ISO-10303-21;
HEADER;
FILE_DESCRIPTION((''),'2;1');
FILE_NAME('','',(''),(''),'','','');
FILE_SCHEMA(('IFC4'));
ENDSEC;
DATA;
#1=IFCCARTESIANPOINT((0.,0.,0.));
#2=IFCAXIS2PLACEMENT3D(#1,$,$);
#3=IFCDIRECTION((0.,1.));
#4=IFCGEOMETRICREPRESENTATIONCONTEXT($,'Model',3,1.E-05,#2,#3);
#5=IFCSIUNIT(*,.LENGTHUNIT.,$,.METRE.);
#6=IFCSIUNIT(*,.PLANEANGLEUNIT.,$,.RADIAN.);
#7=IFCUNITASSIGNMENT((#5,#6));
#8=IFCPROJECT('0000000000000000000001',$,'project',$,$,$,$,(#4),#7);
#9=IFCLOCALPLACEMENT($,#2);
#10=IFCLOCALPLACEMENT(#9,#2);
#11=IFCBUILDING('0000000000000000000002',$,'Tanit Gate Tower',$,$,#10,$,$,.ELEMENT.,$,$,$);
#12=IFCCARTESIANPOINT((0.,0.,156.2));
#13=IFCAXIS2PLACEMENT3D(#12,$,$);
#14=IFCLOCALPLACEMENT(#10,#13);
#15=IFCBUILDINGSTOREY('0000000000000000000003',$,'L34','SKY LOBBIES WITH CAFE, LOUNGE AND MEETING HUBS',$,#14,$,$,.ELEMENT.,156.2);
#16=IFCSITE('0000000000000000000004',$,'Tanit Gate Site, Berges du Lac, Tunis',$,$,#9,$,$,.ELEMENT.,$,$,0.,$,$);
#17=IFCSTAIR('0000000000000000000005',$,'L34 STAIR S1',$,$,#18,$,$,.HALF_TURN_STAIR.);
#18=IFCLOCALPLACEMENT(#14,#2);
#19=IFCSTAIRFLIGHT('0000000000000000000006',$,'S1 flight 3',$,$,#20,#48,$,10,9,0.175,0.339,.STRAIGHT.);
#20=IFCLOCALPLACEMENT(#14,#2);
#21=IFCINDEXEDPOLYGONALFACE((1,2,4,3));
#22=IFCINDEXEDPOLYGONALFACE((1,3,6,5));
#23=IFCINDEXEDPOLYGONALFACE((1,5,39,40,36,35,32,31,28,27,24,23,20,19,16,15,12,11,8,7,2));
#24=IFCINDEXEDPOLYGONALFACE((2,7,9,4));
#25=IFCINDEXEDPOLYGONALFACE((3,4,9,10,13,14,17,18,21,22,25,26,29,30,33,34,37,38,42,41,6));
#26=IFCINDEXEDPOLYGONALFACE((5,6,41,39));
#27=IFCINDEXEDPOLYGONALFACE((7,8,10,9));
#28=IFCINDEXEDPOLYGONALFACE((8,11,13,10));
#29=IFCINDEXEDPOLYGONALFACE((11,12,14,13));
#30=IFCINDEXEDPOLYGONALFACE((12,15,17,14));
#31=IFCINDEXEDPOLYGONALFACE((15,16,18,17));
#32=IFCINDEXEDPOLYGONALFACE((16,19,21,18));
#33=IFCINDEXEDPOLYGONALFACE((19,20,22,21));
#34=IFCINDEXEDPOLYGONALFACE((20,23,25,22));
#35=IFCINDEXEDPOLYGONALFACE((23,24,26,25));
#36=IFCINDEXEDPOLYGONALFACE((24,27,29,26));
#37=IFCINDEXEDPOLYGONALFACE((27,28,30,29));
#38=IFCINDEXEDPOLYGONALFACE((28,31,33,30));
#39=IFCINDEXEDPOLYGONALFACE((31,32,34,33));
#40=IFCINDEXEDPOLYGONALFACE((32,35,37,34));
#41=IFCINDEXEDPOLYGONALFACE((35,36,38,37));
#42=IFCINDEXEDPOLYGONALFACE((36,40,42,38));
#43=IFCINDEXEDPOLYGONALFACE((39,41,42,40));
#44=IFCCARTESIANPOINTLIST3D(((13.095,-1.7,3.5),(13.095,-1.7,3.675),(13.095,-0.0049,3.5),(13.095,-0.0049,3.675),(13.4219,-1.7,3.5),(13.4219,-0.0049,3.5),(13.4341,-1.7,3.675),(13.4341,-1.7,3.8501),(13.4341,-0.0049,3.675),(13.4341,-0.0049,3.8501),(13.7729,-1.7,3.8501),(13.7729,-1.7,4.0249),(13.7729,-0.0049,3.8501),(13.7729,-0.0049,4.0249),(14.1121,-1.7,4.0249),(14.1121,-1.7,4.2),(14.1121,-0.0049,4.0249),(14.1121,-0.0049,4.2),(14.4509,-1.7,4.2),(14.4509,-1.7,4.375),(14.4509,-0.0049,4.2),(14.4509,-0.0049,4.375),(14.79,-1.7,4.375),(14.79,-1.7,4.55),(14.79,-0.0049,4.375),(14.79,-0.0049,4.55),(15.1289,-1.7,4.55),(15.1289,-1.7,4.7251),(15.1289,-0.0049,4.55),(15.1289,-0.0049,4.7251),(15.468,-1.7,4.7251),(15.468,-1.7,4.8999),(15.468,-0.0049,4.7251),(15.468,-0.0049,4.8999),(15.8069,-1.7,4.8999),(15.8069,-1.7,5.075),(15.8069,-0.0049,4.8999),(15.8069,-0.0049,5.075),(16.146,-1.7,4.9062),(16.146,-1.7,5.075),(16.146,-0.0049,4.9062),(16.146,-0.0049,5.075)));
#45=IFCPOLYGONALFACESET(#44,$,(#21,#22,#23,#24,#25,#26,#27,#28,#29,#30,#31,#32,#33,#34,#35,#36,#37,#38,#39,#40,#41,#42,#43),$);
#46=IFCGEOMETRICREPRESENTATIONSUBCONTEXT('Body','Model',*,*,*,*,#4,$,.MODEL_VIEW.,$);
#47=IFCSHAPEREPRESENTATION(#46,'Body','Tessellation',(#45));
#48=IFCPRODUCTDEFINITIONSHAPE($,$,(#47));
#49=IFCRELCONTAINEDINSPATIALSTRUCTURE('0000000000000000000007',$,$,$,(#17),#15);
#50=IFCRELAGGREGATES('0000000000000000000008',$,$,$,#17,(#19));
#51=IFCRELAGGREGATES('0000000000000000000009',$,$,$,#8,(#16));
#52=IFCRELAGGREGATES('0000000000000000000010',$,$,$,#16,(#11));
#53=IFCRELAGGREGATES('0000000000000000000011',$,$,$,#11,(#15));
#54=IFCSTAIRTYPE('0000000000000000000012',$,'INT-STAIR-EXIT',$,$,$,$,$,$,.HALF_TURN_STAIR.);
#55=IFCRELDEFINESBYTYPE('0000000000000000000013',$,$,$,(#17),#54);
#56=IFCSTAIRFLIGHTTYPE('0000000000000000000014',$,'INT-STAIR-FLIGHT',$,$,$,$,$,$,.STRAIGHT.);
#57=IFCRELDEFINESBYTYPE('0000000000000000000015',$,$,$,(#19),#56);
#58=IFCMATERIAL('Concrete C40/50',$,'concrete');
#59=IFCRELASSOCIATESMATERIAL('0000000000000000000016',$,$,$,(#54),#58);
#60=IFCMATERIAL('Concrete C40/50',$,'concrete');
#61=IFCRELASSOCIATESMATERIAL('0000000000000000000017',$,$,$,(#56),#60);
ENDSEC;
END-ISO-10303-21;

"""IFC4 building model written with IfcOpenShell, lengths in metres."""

from ifc_helpers import new_model, si_unit, direction, frame, origin, place, context, subcontext, project, spatial, polyline, outline, extrude, material, type_object, element, aggregate, save


model = new_model("IFC4")

# Units and contexts
model_context = context("Model", 3, precision=1e-05, world=origin(), true_north=direction((0.0, 1.0)))
body_context = subcontext(model_context, "Body", "Model", "MODEL_VIEW")
ifc_project = project(units=[si_unit("LENGTHUNIT", "METRE"), si_unit("PLANEANGLEUNIT", "RADIAN")], contexts=[model_context])

# Site, building, storey
site_placement = place(None, origin())
site = spatial("IfcSite", under=ifc_project, at=site_placement, Name="Tanit Gate Site, Berges du Lac, Tunis", CompositionType="ELEMENT", RefElevation=0.0)
building_placement = place(site_placement, origin())
building = spatial("IfcBuilding", under=site, at=building_placement, Name="Tanit Gate Tower", CompositionType="ELEMENT")
storey_placement = place(building_placement, frame((0.0, 0.0, 156.2)))
storey = spatial("IfcBuildingStorey", under=building, at=storey_placement, Name="L34", Description="SKY LOBBIES WITH CAFE, LOUNGE AND MEETING HUBS", CompositionType="ELEMENT", Elevation=156.2)

# Stair, stair flight
ifc_material_1 = material(Name="Concrete C40/50", Category="concrete")
stair_type = type_object("IfcStairType", Name="INT-STAIR-EXIT", PredefinedType="HALF_TURN_STAIR", material=ifc_material_1)
stair_placement = place(storey_placement, origin())
stair = element("IfcStair", 1, at=stair_placement, inside=storey, type_object=stair_type, Name="L34 STAIR S1", PredefinedType="HALF_TURN_STAIR")
ifc_material_2 = material(Name="Concrete C40/50", Category="concrete")
stair_flight_type = type_object("IfcStairFlightType", Name="INT-STAIR-FLIGHT", PredefinedType="STRAIGHT", material=ifc_material_2)
stair_flight_1_placement = place(storey_placement, frame((13.095, -0.8525, 3.5), z_axis=(0.0, 0.0, 1.0), x_axis=(1.0, 0.0, 0.0)))
stair_flight_1 = element("IfcStairFlight", 2, at=stair_flight_1_placement, type_object=stair_flight_type, Name="S1 flight 3", NumberOfRisers=10, NumberOfTreads=9, PredefinedType="STRAIGHT", RiserHeight=0.175, TreadLength=0.339, context=body_context, shape_type="SweptSolid", body=[
    extrude(outline(polyline([(0.0, 0.0), (0.0, 0.175), (0.3391, 0.175), (0.3391, 0.3501), (0.678, 0.3501), (0.678, 0.5249), (1.0171, 0.5249), (1.0171, 0.7), (1.356, 0.7), (1.356, 0.875), (1.6951, 0.875), (1.6951, 1.05), (2.0339, 1.05), (2.0339, 1.2251), (2.373, 1.2251), (2.373, 1.3999), (2.7119, 1.3999), (2.7119, 1.575), (3.051, 1.575), (3.051, 1.75), (3.051, 1.4062), (0.3269, 0.0), (0.0, 0.0)])), frame((0.0, 0.8477, 0.0), z_axis=(0.0, -1.0, 0.0), x_axis=(1.0, 0.0, 0.0)), (0.0, 0.0, 1.0), 1.6951),
])
aggregate(stair, [stair_flight_1])

save(model, "model.ifc")
